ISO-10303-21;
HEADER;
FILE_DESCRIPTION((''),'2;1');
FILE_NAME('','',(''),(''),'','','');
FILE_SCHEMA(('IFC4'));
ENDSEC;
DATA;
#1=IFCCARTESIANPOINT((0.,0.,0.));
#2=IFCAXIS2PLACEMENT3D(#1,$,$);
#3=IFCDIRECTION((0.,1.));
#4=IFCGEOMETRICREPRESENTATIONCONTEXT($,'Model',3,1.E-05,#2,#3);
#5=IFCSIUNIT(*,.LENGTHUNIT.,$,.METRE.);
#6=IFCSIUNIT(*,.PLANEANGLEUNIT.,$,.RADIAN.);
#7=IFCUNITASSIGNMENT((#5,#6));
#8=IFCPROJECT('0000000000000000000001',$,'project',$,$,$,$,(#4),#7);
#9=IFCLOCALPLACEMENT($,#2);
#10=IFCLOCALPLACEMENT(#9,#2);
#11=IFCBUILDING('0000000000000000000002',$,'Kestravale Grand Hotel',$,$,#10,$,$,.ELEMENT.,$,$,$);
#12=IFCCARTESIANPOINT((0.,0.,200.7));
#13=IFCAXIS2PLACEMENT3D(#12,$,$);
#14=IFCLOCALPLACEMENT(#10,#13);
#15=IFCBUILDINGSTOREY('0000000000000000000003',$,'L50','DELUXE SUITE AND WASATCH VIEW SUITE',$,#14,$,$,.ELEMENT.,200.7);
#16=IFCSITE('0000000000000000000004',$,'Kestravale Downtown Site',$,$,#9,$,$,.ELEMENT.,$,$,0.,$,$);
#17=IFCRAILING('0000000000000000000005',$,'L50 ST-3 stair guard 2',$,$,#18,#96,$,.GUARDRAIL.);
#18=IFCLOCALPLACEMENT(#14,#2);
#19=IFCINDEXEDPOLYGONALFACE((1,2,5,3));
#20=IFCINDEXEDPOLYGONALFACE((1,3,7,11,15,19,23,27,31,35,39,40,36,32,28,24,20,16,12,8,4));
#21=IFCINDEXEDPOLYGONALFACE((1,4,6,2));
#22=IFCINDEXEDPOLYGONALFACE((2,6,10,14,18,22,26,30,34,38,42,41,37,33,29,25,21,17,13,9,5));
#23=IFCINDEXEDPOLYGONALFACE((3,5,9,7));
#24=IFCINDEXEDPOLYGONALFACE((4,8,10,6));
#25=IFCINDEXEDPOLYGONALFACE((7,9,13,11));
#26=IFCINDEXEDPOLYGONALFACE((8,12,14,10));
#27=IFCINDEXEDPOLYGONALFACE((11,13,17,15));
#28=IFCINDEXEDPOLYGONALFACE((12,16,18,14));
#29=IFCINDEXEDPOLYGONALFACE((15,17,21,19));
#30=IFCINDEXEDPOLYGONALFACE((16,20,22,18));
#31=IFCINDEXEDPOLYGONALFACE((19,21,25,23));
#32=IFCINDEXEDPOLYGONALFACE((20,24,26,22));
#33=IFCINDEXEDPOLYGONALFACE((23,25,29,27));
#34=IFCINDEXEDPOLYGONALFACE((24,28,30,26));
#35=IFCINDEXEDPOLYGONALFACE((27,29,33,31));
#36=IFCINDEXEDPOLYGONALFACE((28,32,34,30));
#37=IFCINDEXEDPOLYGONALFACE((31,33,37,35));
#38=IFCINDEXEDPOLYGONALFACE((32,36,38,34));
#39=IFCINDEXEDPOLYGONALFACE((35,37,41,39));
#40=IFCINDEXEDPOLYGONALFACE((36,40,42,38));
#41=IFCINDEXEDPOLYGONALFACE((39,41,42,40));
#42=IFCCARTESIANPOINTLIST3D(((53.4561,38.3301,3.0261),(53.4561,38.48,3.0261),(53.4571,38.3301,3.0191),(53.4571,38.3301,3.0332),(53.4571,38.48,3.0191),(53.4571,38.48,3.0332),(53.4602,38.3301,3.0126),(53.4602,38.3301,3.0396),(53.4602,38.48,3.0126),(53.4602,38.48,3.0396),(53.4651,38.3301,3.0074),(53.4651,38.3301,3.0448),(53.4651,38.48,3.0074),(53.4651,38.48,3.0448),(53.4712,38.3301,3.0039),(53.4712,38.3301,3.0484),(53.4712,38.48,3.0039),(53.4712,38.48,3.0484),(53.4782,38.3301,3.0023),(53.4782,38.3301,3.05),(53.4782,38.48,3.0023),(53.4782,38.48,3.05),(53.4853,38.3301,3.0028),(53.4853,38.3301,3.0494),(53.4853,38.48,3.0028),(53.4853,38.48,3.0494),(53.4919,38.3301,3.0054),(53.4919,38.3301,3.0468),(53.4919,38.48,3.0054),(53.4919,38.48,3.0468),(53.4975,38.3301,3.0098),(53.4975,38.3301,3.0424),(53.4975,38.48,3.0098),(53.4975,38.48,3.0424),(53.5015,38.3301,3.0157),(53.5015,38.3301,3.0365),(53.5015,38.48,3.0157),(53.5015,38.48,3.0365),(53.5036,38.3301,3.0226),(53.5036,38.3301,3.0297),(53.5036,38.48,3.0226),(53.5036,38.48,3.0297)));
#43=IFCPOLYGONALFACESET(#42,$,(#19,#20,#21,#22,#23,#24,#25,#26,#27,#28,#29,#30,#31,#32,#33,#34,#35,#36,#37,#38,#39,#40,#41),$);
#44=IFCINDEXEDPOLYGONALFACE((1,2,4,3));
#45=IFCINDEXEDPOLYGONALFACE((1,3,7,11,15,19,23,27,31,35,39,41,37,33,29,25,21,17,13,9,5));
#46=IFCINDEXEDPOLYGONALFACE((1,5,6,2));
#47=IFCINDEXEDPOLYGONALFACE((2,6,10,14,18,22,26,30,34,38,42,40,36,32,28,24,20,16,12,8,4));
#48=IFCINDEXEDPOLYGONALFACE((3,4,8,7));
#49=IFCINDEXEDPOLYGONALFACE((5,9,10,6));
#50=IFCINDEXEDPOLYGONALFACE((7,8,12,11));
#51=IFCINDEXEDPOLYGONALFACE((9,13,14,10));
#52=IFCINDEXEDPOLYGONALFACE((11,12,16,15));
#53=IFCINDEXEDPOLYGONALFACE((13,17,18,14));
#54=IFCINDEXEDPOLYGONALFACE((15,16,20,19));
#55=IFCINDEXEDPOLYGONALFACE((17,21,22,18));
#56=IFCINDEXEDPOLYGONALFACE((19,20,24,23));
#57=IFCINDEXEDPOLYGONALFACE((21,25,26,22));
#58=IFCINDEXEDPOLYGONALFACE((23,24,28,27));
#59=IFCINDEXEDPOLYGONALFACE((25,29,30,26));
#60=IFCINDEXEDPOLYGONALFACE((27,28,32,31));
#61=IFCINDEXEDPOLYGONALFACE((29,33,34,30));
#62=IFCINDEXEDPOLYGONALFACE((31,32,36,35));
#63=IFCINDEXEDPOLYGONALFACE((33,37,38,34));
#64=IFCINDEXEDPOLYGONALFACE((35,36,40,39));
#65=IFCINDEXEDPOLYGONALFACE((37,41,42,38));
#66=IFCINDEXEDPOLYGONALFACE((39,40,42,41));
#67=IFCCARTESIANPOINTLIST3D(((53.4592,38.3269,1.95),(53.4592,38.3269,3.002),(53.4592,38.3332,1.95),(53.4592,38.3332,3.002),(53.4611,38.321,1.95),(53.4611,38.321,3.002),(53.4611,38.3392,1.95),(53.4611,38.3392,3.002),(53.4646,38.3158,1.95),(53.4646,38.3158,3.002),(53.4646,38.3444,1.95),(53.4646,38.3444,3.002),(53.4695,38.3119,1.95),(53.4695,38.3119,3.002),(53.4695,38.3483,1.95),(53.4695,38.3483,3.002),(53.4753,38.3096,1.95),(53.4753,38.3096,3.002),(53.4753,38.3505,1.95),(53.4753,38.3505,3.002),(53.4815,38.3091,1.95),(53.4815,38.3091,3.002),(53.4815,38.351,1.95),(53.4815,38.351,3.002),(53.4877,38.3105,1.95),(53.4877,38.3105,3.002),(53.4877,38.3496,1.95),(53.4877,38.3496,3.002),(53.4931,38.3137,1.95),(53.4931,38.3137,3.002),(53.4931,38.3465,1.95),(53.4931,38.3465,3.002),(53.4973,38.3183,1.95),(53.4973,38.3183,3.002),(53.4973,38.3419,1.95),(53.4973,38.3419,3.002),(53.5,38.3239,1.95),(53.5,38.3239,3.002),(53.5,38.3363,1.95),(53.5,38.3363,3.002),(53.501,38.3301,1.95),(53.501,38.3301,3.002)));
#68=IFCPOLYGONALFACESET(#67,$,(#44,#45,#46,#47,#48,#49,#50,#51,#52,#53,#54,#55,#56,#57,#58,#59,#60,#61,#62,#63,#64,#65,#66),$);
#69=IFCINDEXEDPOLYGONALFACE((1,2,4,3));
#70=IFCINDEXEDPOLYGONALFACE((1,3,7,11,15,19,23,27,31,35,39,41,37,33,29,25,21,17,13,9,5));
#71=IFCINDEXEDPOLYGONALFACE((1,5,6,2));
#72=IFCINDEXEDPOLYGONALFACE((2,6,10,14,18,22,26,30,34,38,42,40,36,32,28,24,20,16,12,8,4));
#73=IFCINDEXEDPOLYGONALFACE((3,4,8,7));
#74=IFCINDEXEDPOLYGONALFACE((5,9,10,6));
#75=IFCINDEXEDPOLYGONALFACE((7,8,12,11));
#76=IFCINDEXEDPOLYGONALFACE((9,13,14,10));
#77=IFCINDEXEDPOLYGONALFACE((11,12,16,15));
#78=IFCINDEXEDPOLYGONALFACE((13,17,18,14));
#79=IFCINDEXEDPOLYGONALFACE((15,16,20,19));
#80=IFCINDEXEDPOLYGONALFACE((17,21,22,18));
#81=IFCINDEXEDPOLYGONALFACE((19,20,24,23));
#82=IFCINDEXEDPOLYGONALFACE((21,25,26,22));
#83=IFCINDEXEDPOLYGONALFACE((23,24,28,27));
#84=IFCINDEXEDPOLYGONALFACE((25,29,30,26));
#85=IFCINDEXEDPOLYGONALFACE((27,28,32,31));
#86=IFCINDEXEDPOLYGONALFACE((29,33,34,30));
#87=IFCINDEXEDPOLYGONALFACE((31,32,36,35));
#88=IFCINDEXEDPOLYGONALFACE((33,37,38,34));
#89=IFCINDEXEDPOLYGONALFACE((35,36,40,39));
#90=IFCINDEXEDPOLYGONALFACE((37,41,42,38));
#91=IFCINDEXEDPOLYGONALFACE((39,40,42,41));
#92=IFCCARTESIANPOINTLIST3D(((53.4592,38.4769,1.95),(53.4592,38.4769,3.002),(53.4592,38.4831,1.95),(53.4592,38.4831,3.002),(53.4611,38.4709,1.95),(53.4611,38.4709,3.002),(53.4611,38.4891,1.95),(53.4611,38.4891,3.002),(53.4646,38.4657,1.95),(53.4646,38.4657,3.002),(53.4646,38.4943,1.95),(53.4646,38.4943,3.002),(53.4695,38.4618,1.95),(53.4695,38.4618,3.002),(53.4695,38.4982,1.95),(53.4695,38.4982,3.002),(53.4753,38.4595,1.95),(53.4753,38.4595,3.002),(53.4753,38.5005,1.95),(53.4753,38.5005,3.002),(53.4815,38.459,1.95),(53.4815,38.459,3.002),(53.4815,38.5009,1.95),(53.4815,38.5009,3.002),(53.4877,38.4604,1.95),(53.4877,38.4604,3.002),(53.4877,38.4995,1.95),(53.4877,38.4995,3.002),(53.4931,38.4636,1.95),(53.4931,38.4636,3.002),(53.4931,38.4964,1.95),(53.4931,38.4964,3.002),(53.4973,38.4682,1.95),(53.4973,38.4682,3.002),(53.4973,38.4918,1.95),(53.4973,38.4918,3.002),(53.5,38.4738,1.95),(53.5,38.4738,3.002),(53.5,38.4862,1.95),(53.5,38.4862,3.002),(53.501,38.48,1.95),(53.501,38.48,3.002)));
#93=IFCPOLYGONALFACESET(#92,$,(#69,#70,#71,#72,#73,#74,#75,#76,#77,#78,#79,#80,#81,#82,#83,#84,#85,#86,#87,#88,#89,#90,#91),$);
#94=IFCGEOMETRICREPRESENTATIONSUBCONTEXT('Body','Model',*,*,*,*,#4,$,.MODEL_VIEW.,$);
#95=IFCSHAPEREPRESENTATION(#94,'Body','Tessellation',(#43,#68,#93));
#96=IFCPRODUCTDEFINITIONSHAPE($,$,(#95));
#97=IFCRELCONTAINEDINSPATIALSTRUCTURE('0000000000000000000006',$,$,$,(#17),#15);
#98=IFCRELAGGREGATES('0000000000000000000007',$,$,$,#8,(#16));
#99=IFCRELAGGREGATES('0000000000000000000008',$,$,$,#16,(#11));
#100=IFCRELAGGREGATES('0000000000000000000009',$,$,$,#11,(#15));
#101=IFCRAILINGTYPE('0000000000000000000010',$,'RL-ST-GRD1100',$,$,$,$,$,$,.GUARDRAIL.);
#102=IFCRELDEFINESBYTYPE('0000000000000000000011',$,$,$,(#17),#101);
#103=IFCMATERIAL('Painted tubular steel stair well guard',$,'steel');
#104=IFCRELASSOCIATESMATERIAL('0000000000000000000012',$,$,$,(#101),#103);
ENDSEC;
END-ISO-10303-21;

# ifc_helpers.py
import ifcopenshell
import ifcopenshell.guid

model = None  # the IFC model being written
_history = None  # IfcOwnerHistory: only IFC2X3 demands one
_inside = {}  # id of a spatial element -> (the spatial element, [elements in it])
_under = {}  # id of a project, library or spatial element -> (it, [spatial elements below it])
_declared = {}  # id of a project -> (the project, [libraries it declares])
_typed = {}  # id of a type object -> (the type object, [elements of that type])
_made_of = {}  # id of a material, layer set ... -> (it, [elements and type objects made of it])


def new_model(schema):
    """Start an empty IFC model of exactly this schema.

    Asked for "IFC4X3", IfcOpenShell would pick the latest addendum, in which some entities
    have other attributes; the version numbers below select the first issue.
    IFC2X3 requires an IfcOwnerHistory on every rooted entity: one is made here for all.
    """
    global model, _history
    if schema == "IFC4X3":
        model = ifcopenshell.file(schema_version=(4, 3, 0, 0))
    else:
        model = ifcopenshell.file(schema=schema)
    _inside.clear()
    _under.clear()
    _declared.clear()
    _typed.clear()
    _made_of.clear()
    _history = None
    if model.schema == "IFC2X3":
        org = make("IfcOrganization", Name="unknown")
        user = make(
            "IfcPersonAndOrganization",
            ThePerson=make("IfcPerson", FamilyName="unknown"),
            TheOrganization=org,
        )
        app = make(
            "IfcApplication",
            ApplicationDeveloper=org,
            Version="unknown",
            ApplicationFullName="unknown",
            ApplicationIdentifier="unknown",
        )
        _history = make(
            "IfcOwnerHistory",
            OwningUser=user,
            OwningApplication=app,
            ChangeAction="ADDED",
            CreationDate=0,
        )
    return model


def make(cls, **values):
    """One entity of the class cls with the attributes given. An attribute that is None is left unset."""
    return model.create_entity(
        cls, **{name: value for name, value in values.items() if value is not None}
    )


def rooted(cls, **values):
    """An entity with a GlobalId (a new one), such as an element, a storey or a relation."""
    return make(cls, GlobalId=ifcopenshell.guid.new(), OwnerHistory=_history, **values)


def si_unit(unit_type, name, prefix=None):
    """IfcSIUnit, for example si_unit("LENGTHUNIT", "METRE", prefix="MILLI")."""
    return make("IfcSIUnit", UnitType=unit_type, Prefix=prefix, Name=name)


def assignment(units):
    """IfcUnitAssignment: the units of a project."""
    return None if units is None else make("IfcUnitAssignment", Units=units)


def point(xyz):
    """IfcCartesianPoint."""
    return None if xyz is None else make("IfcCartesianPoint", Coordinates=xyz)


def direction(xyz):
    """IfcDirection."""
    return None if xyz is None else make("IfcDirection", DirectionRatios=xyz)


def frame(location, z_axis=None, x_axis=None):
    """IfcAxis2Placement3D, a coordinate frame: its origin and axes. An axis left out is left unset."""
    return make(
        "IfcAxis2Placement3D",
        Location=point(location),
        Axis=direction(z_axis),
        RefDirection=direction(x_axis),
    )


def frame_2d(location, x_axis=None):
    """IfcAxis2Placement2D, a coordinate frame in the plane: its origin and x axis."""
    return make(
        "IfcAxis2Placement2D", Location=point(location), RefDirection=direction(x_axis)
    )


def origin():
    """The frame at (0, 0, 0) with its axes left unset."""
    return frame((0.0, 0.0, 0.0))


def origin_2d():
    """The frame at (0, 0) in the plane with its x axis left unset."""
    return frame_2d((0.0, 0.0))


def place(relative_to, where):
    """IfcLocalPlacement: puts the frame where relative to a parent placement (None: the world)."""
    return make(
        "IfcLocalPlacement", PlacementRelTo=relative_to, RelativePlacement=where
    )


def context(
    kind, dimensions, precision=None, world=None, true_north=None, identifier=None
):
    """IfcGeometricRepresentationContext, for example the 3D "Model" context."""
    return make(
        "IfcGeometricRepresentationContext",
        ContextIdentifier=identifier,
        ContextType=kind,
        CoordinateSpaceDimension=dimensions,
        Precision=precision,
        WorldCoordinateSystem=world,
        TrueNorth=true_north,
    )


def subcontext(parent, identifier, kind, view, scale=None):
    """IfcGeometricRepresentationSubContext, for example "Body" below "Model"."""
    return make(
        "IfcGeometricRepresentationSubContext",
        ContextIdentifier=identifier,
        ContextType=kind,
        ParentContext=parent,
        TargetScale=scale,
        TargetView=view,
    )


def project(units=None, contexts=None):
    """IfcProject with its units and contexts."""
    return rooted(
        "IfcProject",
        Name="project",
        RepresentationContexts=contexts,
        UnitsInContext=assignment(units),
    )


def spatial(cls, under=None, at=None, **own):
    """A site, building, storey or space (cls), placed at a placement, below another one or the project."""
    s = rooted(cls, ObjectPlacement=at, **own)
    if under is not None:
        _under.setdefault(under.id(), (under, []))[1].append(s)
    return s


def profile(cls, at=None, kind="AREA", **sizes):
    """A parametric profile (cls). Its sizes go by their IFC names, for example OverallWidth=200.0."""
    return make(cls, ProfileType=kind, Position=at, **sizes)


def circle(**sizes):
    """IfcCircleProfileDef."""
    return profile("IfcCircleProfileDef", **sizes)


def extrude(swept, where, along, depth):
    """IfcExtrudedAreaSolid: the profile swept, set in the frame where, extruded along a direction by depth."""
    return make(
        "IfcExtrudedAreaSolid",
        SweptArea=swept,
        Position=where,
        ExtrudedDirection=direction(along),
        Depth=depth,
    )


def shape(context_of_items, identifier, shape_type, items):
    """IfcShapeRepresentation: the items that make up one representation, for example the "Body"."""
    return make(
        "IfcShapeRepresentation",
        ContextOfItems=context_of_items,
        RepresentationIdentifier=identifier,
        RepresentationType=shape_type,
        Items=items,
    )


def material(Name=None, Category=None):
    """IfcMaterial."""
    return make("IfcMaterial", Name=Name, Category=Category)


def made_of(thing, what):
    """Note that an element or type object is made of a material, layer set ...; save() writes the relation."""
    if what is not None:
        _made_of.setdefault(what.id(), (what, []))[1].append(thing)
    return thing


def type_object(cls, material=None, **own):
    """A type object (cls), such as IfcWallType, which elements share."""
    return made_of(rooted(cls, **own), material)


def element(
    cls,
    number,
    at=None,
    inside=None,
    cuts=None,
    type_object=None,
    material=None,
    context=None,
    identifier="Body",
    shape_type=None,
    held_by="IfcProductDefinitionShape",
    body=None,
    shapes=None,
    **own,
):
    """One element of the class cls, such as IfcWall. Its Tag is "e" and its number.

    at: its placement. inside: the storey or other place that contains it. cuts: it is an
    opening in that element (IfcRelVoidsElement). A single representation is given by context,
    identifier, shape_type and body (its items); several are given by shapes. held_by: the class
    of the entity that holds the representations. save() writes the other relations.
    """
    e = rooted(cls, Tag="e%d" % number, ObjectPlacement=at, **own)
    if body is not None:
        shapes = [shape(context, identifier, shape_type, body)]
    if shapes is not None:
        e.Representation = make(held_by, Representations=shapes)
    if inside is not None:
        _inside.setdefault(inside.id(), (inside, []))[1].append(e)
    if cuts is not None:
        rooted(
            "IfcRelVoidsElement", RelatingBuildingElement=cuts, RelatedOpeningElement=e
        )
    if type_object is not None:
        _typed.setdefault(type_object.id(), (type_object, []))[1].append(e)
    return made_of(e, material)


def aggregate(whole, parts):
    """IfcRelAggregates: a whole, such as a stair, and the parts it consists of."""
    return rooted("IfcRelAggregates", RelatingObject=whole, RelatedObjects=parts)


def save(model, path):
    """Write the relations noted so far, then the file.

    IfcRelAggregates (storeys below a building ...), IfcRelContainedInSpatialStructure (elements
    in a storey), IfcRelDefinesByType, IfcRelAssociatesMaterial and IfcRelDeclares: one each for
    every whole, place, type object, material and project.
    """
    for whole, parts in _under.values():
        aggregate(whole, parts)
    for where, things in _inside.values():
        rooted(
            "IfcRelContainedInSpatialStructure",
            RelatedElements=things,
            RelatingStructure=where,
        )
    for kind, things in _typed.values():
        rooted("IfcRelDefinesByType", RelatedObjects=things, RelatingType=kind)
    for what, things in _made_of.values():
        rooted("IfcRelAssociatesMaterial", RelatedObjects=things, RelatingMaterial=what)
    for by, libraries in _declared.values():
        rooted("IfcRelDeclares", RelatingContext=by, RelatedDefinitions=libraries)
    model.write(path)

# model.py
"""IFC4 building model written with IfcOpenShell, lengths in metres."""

from ifc_helpers import new_model, si_unit, direction, frame, origin, origin_2d, place, context, subcontext, project, spatial, circle, extrude, material, type_object, element, save


model = new_model("IFC4")

# Units and contexts
model_context = context("Model", 3, precision=1e-05, world=origin(), true_north=direction((0.0, 1.0)))
body_context = subcontext(model_context, "Body", "Model", "MODEL_VIEW")
ifc_project = project(units=[si_unit("LENGTHUNIT", "METRE"), si_unit("PLANEANGLEUNIT", "RADIAN")], contexts=[model_context])

# Site, building, storey
site_placement = place(None, origin())
site = spatial("IfcSite", under=ifc_project, at=site_placement, Name="Kestravale Downtown Site", CompositionType="ELEMENT", RefElevation=0.0)
building_placement = place(site_placement, origin())
building = spatial("IfcBuilding", under=site, at=building_placement, Name="Kestravale Grand Hotel", CompositionType="ELEMENT")
storey_placement = place(building_placement, frame((0.0, 0.0, 200.7)))
storey = spatial("IfcBuildingStorey", under=building, at=storey_placement, Name="L50", Description="DELUXE SUITE AND WASATCH VIEW SUITE", CompositionType="ELEMENT", Elevation=200.7)

# Railing
ifc_material_1 = material(Name="Painted tubular steel stair well guard", Category="steel")
railing_type_1 = type_object("IfcRailingType", Name="RL-ST-GRD1100", PredefinedType="GUARDRAIL", material=ifc_material_1)
railing_1_placement = place(storey_placement, frame((53.48, 38.3301, 1.95)))
element("IfcRailing", 1, at=railing_1_placement, inside=storey, type_object=railing_type_1, Name="L50 ST-3 stair guard 2", PredefinedType="GUARDRAIL", context=body_context, shape_type="SweptSolid", body=[
    extrude(circle(Radius=0.0239, at=origin_2d()), frame((0.0, 0.0, 1.0762), z_axis=(0.0, 1.0, 0.0), x_axis=(-1.0, 0.0, 0.0)), (0.0, 0.0, 1.0), 0.1499),
    extrude(circle(Radius=0.021, at=origin_2d()), origin(), (0.0, 0.0, 1.0), 1.052),
    extrude(circle(Radius=0.021, at=origin_2d()), frame((0.0, 0.1499, 0.0)), (0.0, 0.0, 1.0), 1.052),
])

save(model, "model.ifc")
